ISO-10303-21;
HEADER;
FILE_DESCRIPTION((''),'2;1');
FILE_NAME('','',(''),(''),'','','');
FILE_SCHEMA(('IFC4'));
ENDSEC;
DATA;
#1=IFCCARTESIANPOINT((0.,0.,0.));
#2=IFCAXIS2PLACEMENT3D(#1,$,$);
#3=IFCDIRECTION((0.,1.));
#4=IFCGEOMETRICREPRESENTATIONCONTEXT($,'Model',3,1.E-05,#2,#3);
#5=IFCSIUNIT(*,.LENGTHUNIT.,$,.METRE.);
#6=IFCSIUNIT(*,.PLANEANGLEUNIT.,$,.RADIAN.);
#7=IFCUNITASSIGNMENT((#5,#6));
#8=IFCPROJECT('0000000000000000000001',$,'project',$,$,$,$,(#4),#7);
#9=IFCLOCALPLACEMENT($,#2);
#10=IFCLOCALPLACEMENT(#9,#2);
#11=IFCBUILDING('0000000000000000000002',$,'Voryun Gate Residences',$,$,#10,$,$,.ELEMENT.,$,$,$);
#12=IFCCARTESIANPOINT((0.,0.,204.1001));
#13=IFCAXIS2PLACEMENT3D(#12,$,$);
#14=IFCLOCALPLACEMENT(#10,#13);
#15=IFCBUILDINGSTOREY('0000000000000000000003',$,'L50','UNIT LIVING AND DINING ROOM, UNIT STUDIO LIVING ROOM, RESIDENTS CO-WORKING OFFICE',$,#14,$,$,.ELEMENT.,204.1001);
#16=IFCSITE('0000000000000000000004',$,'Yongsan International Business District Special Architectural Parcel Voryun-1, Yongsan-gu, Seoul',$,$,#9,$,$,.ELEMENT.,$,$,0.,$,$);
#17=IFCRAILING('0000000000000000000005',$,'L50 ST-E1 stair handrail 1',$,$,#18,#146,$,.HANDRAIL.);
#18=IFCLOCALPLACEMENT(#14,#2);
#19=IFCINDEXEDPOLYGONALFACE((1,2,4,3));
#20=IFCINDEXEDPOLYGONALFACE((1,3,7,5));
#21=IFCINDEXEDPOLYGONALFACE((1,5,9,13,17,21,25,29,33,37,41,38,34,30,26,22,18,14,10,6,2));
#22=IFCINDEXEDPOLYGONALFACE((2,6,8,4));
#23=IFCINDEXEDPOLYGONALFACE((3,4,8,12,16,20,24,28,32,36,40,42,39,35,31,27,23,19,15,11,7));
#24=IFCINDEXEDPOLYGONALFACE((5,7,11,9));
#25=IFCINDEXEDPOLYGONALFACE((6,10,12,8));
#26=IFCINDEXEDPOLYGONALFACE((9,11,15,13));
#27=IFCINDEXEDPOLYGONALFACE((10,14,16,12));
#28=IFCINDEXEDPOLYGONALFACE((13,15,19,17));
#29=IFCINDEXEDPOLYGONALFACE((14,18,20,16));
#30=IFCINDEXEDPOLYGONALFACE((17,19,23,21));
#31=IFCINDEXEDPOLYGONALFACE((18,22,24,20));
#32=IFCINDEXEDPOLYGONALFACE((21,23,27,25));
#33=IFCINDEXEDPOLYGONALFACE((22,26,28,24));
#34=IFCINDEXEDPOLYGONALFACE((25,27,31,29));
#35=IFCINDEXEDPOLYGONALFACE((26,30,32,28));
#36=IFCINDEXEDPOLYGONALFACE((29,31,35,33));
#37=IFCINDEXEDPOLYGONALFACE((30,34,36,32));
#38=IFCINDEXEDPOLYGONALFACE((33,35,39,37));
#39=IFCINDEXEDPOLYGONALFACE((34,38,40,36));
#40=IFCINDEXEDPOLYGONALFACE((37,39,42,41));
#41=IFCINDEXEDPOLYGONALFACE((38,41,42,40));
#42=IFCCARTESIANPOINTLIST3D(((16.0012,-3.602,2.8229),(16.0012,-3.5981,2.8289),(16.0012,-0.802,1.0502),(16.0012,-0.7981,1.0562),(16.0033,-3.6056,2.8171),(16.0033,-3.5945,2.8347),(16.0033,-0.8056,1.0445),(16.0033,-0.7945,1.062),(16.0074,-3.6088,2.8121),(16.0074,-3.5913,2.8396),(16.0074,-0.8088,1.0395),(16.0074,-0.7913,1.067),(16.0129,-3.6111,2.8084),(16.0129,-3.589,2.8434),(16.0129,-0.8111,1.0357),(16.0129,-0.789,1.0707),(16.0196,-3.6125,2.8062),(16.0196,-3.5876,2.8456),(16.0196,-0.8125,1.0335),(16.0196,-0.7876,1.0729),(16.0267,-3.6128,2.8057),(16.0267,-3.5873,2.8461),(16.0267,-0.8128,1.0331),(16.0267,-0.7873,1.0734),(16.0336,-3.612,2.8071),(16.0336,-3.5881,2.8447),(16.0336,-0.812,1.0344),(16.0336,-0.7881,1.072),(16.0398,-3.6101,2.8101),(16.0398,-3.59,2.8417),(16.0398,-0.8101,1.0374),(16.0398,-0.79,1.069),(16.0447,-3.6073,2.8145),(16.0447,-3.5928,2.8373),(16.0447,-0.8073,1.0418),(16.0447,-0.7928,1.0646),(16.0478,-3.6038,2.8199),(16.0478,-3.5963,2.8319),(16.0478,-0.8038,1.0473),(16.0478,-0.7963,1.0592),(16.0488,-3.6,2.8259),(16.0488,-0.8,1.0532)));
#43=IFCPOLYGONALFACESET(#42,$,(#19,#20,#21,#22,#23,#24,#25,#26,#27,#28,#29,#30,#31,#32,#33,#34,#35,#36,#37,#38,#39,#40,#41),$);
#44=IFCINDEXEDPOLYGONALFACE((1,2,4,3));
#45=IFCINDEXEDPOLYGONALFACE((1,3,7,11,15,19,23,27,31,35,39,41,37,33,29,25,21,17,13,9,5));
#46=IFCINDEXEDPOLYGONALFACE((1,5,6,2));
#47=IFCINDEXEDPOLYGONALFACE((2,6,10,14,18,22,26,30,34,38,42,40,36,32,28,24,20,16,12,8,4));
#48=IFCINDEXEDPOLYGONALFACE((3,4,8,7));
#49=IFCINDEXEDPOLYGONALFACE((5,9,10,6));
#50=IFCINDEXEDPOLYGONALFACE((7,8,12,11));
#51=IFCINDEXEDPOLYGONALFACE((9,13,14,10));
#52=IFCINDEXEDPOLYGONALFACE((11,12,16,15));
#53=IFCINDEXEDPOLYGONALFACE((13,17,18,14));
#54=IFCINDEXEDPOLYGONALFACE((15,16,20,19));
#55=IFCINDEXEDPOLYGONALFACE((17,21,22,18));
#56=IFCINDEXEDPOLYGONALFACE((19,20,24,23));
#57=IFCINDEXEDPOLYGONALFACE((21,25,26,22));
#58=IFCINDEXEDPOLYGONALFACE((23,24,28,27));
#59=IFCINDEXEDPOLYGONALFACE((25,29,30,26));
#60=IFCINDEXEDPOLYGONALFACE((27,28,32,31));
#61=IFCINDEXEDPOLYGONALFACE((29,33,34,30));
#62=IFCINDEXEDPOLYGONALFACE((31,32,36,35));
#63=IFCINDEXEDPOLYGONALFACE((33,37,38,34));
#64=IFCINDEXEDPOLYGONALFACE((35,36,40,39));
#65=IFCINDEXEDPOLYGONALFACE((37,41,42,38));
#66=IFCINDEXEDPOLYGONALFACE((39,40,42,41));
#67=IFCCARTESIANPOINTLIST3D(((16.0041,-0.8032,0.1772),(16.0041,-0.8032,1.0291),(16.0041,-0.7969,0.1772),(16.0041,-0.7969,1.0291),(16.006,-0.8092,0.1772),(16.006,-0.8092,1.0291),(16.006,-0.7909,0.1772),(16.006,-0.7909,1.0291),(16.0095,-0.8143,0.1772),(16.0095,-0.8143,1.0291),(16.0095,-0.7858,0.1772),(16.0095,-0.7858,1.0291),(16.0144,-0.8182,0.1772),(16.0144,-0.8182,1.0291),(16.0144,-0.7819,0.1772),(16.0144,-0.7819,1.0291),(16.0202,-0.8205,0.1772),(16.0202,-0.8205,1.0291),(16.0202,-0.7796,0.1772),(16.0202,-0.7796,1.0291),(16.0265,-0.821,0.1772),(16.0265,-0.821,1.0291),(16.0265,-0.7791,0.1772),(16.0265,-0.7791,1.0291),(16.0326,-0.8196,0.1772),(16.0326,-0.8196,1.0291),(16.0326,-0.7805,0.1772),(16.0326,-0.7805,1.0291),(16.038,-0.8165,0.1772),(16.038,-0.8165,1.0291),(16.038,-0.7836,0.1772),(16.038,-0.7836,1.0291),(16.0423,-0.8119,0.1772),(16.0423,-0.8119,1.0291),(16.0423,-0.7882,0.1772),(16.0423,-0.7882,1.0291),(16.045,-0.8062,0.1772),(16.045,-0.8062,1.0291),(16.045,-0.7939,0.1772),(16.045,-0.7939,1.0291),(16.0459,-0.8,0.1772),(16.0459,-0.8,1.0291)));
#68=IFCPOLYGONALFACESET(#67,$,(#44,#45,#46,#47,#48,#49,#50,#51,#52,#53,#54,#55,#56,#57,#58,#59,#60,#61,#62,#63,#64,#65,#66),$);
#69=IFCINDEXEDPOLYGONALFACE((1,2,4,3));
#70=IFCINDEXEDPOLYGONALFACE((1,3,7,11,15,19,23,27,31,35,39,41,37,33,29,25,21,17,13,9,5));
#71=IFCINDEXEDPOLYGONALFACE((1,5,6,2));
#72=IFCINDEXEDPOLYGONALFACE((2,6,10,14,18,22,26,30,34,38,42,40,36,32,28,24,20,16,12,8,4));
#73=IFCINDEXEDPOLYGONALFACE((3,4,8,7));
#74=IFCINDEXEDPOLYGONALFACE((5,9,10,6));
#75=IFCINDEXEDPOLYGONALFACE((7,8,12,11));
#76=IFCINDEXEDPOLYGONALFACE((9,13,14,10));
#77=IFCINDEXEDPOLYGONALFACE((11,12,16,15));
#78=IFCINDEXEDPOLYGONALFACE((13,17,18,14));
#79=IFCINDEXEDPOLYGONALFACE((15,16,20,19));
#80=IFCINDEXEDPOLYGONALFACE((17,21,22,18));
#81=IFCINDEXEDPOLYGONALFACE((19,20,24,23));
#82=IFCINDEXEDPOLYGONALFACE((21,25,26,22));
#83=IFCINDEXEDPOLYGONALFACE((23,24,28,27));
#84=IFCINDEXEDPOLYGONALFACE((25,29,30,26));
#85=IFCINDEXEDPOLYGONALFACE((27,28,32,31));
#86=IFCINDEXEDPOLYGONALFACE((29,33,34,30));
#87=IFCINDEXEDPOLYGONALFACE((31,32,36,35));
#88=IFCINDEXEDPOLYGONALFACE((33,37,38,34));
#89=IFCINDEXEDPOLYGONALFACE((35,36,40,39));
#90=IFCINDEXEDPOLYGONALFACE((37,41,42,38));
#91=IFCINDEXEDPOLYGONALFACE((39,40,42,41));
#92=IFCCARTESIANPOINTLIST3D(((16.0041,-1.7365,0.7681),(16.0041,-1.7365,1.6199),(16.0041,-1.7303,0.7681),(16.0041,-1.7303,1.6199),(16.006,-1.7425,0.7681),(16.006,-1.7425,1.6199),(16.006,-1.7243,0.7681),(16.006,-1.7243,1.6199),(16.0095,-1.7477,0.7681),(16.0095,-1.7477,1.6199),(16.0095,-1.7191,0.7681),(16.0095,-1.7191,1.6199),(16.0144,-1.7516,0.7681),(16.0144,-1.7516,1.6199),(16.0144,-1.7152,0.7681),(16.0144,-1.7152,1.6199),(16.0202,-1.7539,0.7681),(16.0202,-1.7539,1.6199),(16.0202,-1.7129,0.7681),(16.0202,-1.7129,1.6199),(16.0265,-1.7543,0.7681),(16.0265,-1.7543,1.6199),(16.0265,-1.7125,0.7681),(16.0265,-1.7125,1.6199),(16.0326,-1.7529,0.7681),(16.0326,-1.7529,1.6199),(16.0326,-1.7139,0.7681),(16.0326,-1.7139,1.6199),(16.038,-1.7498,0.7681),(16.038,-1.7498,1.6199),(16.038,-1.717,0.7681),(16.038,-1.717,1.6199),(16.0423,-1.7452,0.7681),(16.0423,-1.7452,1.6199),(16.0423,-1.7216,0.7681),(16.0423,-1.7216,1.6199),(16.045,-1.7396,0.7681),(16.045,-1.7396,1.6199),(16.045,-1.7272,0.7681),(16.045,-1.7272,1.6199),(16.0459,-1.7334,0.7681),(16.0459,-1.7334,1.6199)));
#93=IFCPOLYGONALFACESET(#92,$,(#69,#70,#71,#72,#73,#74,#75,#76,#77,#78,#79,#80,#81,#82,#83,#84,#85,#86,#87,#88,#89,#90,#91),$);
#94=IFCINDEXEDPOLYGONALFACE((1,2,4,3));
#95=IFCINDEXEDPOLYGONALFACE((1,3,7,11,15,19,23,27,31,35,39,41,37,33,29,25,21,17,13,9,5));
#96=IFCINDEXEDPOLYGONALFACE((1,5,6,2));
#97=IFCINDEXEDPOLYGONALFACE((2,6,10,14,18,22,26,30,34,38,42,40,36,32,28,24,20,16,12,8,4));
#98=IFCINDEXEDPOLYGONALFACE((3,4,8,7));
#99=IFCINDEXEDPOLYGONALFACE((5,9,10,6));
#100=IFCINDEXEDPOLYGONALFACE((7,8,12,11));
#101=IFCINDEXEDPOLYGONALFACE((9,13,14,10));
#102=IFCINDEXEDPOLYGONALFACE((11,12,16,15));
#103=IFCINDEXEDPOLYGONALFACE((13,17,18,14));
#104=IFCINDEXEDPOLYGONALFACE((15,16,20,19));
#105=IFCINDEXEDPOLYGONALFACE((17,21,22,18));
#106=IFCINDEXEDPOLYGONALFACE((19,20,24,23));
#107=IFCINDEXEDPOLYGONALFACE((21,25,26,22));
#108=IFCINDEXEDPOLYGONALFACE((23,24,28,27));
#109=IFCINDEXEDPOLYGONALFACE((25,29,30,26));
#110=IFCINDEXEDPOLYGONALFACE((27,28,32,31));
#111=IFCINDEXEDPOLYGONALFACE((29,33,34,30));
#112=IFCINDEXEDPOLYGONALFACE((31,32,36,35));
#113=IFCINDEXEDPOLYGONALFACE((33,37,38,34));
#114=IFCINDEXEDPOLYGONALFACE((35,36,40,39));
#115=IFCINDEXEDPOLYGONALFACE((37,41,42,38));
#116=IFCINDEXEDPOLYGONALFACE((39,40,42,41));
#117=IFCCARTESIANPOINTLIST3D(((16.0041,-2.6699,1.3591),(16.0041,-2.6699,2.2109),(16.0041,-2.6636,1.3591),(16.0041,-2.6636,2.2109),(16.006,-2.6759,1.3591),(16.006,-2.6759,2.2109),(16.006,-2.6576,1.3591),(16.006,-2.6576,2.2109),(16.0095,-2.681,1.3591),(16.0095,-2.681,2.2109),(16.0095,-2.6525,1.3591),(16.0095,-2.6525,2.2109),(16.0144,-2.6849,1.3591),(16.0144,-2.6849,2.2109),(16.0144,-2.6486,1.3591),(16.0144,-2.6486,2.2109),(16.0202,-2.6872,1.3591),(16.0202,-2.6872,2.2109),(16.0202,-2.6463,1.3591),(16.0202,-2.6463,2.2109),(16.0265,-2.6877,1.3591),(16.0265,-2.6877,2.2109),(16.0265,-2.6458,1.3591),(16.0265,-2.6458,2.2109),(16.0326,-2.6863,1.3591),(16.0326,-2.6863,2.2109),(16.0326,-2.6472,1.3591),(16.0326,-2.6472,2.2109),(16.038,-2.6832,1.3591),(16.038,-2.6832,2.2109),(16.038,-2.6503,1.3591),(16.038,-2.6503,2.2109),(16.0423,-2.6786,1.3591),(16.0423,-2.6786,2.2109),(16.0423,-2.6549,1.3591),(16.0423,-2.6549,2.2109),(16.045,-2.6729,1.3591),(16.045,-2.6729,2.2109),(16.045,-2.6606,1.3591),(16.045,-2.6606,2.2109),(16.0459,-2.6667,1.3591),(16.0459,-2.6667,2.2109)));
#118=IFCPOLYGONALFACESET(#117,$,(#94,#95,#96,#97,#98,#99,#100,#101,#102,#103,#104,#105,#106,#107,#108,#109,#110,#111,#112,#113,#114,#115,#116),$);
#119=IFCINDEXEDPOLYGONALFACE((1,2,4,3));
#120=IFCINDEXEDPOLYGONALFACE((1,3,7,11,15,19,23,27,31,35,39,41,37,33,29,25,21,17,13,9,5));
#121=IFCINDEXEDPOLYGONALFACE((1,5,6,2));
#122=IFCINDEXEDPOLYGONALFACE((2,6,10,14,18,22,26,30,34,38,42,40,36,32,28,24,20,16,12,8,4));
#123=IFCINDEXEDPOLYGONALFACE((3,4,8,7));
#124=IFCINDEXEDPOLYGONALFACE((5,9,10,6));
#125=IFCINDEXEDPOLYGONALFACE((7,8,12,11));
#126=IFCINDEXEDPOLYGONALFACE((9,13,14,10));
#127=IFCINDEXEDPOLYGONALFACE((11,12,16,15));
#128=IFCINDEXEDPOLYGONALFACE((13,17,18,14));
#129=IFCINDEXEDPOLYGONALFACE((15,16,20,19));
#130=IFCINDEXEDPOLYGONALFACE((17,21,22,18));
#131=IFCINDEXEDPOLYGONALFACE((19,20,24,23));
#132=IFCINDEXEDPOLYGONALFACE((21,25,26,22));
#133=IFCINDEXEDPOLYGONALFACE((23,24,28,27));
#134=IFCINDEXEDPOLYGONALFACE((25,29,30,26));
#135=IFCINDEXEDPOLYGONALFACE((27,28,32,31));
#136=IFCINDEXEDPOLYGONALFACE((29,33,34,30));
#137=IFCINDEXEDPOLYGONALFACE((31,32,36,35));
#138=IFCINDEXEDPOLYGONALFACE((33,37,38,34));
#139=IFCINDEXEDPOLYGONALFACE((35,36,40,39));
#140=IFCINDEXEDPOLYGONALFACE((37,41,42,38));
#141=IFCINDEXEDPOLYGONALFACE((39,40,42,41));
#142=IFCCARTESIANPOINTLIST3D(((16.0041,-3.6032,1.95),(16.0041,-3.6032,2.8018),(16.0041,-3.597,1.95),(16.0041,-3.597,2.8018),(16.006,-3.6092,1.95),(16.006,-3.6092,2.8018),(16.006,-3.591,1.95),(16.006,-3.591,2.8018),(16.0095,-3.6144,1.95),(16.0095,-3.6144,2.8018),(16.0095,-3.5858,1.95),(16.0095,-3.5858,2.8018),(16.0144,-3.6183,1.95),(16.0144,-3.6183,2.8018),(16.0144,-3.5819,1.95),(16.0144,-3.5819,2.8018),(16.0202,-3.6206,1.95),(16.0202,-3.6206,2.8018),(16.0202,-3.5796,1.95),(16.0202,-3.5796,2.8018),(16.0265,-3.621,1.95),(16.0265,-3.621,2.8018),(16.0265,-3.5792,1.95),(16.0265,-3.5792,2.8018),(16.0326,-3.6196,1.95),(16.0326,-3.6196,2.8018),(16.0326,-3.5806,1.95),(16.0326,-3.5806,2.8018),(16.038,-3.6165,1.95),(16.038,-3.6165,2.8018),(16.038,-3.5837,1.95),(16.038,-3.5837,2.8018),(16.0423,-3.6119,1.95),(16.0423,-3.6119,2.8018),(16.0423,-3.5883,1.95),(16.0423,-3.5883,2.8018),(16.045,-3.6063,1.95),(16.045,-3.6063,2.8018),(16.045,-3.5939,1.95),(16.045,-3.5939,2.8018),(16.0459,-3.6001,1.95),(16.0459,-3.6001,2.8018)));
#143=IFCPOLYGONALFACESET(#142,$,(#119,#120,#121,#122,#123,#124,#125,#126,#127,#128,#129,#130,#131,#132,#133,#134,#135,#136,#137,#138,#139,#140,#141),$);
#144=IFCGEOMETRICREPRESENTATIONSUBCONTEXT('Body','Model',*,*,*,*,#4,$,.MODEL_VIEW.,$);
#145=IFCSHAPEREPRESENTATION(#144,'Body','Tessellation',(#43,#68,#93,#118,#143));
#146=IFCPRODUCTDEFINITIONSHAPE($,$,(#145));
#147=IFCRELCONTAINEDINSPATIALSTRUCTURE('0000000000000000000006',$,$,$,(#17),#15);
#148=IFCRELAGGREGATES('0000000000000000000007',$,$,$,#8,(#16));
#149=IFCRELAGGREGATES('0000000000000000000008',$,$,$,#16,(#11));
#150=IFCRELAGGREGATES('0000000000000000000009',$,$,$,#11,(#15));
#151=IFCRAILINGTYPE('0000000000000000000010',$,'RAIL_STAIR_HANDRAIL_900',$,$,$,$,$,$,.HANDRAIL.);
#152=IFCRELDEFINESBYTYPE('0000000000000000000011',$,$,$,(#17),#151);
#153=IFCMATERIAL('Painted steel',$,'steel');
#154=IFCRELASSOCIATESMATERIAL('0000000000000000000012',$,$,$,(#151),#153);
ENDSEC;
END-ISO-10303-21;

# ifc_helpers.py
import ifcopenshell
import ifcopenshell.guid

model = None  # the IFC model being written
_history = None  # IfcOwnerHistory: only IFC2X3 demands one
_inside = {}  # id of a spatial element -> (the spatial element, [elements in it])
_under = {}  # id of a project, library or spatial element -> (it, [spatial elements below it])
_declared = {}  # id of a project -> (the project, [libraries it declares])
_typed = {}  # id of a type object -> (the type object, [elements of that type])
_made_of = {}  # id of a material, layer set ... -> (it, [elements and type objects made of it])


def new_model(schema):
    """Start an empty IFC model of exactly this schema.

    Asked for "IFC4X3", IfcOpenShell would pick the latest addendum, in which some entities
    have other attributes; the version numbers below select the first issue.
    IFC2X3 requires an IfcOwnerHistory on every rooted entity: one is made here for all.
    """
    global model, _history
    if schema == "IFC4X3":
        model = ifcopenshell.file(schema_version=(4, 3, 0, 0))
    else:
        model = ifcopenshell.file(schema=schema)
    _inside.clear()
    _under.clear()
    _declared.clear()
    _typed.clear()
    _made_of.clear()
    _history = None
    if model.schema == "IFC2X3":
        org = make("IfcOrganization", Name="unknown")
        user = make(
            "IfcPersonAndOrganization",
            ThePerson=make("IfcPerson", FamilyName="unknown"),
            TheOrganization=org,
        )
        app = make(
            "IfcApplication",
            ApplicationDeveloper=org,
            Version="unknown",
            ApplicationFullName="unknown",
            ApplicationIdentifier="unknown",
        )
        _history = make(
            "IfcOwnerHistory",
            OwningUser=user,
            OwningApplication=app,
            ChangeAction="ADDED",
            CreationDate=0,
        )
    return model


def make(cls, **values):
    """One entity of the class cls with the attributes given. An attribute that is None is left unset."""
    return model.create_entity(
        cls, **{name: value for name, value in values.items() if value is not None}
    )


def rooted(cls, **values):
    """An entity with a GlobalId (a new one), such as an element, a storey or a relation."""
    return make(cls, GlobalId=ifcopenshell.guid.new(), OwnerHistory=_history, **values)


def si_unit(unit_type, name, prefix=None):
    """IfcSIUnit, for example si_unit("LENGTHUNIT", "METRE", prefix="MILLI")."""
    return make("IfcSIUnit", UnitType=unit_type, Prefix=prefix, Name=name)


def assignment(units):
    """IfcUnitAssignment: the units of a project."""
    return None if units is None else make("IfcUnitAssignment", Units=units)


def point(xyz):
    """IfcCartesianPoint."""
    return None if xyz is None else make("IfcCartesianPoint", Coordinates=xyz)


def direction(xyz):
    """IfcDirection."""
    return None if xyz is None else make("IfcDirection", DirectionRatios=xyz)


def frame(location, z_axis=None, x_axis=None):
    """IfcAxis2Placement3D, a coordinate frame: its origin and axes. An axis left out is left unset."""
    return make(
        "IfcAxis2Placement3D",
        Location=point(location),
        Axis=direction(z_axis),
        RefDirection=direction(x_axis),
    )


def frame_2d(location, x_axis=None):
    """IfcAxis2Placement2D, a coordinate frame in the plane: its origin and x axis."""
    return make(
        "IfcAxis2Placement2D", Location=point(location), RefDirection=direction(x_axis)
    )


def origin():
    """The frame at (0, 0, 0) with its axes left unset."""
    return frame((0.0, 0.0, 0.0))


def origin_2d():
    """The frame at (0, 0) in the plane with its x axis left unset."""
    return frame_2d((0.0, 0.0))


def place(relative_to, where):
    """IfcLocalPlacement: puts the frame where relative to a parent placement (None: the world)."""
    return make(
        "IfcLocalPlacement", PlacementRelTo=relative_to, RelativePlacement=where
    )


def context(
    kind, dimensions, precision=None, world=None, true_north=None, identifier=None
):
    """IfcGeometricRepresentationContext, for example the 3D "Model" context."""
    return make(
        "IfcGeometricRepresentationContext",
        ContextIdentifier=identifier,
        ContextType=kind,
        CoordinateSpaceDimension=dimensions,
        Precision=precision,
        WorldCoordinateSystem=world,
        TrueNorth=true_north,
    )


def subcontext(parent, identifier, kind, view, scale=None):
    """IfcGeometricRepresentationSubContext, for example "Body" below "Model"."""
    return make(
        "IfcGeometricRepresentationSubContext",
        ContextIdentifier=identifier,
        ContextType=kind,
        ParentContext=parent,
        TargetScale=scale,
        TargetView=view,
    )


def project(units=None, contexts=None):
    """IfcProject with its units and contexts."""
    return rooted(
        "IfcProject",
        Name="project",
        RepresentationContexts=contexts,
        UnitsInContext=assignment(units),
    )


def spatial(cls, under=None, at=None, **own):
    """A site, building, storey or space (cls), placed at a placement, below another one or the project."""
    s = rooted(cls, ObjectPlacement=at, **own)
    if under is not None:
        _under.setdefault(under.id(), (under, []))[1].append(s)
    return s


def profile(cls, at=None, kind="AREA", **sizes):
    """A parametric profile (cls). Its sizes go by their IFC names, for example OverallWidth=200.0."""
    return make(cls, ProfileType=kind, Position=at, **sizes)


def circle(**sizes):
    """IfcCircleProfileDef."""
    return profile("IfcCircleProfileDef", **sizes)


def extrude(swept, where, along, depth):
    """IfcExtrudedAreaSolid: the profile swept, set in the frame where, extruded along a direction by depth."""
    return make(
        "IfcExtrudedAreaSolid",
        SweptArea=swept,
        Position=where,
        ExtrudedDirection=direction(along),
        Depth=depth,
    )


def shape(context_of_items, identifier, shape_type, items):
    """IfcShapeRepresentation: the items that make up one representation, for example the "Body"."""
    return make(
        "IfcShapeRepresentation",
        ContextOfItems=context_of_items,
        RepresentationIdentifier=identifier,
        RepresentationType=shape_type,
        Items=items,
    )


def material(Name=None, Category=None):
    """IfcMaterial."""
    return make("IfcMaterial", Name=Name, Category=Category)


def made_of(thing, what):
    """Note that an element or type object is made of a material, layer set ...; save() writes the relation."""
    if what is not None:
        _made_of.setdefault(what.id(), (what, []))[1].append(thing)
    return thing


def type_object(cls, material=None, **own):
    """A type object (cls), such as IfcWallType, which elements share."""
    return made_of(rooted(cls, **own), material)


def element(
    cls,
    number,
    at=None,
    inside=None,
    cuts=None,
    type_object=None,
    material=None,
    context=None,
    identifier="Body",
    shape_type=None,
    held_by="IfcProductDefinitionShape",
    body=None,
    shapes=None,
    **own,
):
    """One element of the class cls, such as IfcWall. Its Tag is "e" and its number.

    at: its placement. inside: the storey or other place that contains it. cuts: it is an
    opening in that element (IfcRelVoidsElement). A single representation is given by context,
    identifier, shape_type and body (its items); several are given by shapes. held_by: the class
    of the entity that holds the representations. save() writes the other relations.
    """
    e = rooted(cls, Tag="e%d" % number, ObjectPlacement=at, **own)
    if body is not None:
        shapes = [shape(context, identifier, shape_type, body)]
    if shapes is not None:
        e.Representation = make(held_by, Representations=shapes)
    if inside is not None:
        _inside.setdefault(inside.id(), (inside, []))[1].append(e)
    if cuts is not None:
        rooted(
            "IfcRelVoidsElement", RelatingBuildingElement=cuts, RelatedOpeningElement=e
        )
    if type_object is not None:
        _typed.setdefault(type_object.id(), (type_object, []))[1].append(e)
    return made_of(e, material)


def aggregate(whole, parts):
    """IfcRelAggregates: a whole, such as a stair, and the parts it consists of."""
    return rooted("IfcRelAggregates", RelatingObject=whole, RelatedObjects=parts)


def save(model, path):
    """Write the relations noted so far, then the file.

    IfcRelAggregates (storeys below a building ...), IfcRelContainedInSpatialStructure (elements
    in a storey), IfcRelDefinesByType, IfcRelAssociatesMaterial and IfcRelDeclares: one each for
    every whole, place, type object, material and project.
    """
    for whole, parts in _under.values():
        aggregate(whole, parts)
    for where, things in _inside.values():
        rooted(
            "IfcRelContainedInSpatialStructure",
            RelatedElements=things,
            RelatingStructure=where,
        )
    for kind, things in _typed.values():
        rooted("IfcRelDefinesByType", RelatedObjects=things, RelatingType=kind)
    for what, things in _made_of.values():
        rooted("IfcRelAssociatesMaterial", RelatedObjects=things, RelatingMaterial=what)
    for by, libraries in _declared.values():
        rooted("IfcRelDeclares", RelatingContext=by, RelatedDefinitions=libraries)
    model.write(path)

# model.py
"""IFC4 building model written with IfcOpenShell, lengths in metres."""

from ifc_helpers import new_model, si_unit, direction, frame, origin, origin_2d, place, context, subcontext, project, spatial, circle, extrude, material, type_object, element, save


model = new_model("IFC4")

# Units and contexts
model_context = context("Model", 3, precision=1e-05, world=origin(), true_north=direction((0.0, 1.0)))
body_context = subcontext(model_context, "Body", "Model", "MODEL_VIEW")
ifc_project = project(units=[si_unit("LENGTHUNIT", "METRE"), si_unit("PLANEANGLEUNIT", "RADIAN")], contexts=[model_context])

# Site, building, storey
site_placement = place(None, origin())
site = spatial("IfcSite", under=ifc_project, at=site_placement, Name="Yongsan International Business District Special Architectural Parcel Voryun-1, Yongsan-gu, Seoul", CompositionType="ELEMENT", RefElevation=0.0)
building_placement = place(site_placement, origin())
building = spatial("IfcBuilding", under=site, at=building_placement, Name="Voryun Gate Residences", CompositionType="ELEMENT")
storey_placement = place(building_placement, frame((0.0, 0.0, 204.1001)))
storey = spatial("IfcBuildingStorey", under=building, at=storey_placement, Name="L50", Description="UNIT LIVING AND DINING ROOM, UNIT STUDIO LIVING ROOM, RESIDENTS CO-WORKING OFFICE", CompositionType="ELEMENT", Elevation=204.1001)

# Railing
ifc_material_1 = material(Name="Painted steel", Category="steel")
railing_type_1 = type_object("IfcRailingType", Name="RAIL_STAIR_HANDRAIL_900", PredefinedType="HANDRAIL", material=ifc_material_1)
railing_1_placement = place(storey_placement, frame((16.0249, -0.8, 0.1772)))
element("IfcRailing", 1, at=railing_1_placement, inside=storey, type_object=railing_type_1, Name="L50 ST-E1 stair handrail 1", PredefinedType="HANDRAIL", context=body_context, shape_type="SweptSolid", body=[
    extrude(circle(Radius=0.0239, at=origin_2d()), frame((0.0, 0.0, 0.876), z_axis=(0.0, -0.844909, 0.53491), x_axis=(1.0, 0.0, 0.0)), (0.0, 0.0, 1.0), 3.314),
    extrude(circle(Radius=0.021, at=origin_2d()), origin(), (0.0, 0.0, 1.0), 0.8518),
    extrude(circle(Radius=0.021, at=origin_2d()), frame((0.0, -0.9333, 0.5908)), (0.0, 0.0, 1.0), 0.8518),
    extrude(circle(Radius=0.021, at=origin_2d()), frame((0.0, -1.8667, 1.1819)), (0.0, 0.0, 1.0), 0.8518),
    extrude(circle(Radius=0.021, at=origin_2d()), frame((0.0, -2.8, 1.7727)), (0.0, 0.0, 1.0), 0.8518),
])

save(model, "model.ifc")
